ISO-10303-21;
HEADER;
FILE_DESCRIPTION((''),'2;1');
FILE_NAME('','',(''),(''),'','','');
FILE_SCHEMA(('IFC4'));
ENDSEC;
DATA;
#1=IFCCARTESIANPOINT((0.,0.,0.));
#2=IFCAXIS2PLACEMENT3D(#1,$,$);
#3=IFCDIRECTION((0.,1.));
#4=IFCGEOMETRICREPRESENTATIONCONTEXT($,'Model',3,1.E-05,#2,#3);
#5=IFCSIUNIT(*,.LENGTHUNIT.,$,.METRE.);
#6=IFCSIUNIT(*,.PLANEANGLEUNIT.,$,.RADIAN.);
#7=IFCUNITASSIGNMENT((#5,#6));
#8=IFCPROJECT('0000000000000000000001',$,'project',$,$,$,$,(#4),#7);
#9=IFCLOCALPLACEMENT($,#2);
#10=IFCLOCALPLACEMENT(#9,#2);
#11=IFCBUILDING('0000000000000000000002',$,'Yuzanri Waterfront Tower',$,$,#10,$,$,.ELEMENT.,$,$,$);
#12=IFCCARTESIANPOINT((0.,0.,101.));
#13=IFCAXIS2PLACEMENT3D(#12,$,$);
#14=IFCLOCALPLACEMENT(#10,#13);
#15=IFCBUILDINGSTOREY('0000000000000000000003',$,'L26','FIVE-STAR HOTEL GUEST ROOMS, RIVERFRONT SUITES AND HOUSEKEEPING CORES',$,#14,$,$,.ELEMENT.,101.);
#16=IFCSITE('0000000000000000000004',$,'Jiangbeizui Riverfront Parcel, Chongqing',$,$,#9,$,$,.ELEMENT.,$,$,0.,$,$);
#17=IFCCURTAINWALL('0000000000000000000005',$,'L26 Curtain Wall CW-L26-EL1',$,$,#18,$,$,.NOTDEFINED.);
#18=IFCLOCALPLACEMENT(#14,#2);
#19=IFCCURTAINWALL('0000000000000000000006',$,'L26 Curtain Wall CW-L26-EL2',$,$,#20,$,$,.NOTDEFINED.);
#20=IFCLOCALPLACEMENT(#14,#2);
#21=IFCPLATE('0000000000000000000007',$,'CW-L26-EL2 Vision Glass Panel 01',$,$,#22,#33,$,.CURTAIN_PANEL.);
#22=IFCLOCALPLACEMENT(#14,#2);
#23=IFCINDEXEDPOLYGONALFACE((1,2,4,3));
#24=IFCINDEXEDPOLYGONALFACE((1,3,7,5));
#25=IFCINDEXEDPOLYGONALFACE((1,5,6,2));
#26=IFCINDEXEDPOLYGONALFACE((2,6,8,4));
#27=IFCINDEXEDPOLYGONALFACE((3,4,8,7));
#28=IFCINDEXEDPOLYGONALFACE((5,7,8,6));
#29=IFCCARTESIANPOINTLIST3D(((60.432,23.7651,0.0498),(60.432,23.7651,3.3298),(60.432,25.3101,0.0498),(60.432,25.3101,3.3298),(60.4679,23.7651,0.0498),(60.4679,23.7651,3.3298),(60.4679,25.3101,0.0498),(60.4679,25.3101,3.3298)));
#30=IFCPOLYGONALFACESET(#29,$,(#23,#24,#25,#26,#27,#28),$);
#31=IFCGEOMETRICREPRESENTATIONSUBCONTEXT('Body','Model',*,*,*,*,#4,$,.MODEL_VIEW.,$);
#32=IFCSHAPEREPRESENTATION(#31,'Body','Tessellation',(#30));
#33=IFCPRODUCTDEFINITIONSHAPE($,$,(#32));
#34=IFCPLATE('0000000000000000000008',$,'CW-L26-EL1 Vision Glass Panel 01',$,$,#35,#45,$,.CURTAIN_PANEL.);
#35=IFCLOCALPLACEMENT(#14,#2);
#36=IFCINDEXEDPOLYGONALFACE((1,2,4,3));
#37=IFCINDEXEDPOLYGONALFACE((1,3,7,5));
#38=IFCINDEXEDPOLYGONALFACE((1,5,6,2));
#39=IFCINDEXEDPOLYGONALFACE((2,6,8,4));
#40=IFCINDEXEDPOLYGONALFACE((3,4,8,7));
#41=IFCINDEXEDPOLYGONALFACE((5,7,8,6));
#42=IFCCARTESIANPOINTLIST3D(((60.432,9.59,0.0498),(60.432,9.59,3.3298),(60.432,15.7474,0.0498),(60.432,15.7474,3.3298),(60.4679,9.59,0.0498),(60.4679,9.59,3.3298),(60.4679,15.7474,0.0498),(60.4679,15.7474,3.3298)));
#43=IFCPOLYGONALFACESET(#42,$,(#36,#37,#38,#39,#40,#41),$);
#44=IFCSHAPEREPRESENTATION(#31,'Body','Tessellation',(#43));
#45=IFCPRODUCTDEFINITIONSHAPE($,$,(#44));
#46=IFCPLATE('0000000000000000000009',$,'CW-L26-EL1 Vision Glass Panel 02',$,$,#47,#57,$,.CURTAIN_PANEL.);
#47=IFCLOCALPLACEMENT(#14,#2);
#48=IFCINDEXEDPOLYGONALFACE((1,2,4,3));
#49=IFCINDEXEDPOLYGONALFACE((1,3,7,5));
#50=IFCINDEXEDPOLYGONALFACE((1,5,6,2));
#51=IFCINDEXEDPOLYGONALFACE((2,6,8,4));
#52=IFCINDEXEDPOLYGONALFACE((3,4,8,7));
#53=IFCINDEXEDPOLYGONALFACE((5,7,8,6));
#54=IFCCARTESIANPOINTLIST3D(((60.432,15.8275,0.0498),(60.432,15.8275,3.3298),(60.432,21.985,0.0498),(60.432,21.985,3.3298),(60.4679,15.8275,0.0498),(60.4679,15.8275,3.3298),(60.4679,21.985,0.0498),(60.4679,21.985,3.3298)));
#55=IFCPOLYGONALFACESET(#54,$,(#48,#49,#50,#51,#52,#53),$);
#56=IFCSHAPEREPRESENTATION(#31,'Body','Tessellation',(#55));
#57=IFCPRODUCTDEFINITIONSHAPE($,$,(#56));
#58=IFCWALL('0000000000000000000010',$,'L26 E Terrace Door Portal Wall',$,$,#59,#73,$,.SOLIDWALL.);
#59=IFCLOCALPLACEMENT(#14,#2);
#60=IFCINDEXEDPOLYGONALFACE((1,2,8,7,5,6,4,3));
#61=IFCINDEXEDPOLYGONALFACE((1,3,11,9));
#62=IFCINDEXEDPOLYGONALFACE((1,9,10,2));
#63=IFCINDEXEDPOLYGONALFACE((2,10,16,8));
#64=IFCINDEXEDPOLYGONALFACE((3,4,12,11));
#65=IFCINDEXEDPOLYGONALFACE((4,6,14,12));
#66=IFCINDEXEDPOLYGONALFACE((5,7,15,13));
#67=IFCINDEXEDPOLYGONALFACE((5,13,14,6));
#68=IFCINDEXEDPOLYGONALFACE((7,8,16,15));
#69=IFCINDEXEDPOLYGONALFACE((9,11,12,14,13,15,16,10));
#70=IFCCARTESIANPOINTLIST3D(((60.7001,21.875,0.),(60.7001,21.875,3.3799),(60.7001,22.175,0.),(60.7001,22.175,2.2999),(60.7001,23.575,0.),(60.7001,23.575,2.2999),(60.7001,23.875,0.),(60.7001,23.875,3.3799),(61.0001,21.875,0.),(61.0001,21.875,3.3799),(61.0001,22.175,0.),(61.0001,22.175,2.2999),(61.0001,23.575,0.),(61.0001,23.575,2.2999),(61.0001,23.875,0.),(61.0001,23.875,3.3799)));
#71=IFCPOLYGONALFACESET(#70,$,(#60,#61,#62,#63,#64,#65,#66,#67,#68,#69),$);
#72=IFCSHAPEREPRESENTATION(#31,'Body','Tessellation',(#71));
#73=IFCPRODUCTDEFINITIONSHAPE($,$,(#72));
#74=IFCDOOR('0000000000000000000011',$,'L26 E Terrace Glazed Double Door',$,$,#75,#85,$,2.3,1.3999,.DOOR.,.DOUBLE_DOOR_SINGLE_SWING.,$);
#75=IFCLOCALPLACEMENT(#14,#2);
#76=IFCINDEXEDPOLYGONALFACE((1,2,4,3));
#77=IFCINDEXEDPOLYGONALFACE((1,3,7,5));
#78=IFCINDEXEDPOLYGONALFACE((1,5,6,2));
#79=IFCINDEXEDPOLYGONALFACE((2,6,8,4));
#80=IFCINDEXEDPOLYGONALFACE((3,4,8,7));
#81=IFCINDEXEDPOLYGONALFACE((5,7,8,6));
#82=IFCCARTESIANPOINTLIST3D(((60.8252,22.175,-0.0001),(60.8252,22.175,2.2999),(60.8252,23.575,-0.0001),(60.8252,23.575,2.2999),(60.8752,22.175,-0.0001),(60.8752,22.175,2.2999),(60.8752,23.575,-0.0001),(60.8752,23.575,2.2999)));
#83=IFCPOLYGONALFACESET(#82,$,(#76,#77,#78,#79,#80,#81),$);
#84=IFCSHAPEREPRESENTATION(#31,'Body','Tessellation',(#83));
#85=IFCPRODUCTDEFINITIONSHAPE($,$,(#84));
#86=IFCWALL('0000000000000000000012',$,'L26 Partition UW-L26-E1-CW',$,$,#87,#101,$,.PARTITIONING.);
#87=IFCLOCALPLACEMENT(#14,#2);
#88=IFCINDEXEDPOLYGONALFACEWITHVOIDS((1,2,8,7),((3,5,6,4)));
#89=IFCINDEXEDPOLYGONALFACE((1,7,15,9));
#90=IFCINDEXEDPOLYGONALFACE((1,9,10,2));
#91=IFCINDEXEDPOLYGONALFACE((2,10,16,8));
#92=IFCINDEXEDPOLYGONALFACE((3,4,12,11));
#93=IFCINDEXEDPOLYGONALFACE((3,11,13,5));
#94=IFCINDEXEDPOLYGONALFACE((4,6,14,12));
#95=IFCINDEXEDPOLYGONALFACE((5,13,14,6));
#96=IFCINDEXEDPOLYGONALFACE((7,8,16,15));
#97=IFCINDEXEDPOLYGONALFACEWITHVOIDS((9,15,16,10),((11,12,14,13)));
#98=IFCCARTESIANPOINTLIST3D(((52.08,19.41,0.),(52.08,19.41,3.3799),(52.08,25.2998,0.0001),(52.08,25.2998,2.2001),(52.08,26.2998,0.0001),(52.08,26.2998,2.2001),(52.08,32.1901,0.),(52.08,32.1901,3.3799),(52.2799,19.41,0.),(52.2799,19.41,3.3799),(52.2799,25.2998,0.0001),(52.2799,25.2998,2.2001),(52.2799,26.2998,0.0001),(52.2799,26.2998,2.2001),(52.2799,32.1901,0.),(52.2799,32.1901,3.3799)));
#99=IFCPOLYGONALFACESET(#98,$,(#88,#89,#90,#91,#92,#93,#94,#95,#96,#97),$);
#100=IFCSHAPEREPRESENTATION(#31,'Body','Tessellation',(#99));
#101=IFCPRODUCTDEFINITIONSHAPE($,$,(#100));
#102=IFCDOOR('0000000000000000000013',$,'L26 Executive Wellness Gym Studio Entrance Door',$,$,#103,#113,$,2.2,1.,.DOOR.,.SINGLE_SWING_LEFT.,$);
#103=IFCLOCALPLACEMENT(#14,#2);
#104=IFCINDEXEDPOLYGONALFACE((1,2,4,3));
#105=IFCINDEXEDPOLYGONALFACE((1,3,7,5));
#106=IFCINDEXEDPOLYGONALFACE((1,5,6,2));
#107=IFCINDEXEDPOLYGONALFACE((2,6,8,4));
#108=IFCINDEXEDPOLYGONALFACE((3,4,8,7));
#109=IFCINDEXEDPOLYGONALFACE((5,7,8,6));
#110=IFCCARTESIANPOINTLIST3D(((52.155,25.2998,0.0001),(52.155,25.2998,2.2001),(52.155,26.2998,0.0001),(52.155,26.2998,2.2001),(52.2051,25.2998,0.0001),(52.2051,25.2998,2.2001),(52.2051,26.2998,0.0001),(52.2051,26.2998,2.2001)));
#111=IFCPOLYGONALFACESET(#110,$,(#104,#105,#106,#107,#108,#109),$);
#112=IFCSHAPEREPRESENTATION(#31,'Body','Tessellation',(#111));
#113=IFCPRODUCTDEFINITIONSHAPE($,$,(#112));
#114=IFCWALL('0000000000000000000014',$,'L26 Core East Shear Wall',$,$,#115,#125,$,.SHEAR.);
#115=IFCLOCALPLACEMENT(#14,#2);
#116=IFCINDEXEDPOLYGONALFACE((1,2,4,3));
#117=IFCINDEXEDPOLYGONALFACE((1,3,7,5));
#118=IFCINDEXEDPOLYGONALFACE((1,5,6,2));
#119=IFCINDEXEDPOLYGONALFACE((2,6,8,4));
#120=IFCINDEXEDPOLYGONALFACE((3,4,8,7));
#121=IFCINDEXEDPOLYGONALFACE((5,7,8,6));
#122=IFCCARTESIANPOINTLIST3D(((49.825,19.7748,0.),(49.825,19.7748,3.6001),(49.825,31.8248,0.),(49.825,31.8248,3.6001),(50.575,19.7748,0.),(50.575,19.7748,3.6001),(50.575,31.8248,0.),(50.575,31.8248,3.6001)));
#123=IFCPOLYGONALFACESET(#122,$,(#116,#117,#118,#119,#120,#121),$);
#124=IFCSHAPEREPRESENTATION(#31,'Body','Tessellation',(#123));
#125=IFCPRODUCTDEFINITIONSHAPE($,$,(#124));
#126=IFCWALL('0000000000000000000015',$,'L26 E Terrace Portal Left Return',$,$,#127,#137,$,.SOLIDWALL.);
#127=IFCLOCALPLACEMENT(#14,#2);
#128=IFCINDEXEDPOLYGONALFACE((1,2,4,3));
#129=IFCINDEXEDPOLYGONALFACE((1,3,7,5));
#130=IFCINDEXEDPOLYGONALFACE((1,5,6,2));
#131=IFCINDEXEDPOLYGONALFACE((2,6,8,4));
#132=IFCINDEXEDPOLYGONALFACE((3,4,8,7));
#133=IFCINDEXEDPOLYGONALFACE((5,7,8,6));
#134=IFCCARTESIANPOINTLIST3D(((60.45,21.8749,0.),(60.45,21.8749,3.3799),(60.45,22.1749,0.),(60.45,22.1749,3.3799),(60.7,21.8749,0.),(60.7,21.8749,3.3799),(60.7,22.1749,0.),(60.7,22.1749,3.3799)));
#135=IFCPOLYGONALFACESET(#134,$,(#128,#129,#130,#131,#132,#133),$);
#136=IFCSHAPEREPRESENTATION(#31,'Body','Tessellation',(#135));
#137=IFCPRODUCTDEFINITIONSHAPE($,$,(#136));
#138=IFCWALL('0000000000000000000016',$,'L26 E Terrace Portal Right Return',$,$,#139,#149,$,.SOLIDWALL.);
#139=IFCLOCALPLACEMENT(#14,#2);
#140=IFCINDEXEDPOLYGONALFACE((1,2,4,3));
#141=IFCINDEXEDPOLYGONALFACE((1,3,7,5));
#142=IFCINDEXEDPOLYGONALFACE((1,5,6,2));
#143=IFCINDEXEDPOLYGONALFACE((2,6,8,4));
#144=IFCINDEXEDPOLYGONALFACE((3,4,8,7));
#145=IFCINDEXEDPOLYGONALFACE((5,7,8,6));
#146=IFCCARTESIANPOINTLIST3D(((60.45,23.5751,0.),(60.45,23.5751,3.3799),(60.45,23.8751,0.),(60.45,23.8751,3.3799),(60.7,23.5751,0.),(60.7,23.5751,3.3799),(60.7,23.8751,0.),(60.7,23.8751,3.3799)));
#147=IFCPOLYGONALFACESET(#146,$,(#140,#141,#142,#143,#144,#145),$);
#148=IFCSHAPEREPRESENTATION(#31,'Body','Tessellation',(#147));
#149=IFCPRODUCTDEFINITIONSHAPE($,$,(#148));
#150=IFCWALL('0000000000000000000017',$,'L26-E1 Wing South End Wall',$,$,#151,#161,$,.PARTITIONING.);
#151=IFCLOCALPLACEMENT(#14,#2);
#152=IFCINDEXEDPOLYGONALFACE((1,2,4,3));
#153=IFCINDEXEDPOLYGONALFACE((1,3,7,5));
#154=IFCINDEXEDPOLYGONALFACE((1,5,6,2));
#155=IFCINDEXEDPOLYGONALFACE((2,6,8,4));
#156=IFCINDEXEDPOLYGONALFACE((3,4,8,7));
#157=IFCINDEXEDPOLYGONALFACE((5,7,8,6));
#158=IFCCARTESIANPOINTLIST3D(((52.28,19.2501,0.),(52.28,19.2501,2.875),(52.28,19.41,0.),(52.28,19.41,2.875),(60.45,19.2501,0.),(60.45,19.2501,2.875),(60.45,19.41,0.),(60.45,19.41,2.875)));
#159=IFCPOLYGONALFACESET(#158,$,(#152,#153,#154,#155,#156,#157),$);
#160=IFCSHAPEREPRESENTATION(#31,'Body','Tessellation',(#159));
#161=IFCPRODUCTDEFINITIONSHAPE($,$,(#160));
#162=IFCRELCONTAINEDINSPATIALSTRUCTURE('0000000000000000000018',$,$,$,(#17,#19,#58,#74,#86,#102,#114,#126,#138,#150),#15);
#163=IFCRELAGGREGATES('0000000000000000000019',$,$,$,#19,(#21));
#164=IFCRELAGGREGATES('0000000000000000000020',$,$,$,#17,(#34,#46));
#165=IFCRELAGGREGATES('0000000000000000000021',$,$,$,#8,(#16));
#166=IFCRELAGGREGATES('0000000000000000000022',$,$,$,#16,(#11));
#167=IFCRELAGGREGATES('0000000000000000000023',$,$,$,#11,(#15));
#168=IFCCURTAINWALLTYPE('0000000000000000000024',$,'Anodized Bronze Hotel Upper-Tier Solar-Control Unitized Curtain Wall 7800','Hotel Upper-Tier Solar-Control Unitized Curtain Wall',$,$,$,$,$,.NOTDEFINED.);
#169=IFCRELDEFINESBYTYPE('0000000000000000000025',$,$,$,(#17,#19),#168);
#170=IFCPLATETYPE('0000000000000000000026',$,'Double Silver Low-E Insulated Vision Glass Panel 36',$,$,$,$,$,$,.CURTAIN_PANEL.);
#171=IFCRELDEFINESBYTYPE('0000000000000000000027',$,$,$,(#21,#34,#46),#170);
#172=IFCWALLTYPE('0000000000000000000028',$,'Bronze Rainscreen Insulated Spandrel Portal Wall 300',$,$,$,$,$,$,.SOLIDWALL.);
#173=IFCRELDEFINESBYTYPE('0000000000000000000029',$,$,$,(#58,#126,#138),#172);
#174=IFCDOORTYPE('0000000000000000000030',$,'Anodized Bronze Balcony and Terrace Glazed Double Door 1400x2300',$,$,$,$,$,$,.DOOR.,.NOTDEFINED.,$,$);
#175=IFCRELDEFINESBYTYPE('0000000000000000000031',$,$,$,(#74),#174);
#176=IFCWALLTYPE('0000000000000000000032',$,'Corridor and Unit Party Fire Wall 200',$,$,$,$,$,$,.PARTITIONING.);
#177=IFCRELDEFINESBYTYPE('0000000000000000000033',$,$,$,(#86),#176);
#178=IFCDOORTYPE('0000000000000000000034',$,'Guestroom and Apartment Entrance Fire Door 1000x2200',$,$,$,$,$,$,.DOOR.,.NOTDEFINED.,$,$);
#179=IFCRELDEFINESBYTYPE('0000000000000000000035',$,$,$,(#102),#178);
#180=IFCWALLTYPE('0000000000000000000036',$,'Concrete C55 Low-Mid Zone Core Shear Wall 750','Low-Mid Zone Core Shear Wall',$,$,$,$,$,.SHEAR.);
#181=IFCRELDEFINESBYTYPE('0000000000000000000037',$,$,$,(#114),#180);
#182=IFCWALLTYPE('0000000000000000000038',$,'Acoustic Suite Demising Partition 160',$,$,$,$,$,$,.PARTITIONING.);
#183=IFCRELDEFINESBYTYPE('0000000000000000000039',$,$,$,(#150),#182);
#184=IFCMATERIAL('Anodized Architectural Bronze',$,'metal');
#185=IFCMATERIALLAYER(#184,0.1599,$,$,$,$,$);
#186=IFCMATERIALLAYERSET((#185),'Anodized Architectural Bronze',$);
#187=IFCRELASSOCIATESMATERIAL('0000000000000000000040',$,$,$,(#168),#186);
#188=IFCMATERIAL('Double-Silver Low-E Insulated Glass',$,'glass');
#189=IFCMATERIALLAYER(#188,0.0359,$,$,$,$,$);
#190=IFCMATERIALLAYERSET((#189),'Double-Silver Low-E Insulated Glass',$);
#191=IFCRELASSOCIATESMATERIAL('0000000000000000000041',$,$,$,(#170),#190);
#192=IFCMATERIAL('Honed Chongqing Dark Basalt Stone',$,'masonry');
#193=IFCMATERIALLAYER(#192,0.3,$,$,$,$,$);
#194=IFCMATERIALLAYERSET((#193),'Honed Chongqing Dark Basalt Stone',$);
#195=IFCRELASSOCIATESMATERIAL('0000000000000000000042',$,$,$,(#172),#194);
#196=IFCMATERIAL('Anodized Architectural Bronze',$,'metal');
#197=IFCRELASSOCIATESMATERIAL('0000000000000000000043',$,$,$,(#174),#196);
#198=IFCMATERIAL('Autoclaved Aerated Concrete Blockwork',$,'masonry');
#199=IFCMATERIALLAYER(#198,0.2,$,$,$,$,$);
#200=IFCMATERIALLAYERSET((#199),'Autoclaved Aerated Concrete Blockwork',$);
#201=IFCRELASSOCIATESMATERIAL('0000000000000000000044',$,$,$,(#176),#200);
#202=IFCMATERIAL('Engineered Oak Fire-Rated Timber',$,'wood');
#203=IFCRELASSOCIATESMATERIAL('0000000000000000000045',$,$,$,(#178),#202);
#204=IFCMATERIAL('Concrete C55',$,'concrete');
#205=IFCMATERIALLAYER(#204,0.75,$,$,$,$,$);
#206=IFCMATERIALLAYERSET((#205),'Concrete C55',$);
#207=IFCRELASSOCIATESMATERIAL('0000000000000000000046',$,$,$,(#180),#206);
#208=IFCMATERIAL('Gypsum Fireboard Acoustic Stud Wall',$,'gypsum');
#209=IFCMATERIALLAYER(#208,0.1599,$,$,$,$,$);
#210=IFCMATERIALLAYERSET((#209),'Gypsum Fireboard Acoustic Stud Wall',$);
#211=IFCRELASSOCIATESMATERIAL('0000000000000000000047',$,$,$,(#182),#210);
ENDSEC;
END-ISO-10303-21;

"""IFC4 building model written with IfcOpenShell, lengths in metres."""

from ifc_helpers import new_model, si_unit, direction, frame, frame_2d, origin, origin_2d, place, context, subcontext, project, spatial, rectangle, extrude, source, transform, mapped, material, layer, layer_set, type_object, element, fill, aggregate, save


model = new_model("IFC4")

# Units and contexts
model_context = context("Model", 3, precision=1e-05, world=origin(), true_north=direction((0.0, 1.0)))
body_context = subcontext(model_context, "Body", "Model", "MODEL_VIEW")
ifc_project = project(units=[si_unit("LENGTHUNIT", "METRE"), si_unit("PLANEANGLEUNIT", "RADIAN")], contexts=[model_context])

# Site, building, storey
site_placement = place(None, origin())
site = spatial("IfcSite", under=ifc_project, at=site_placement, Name="Jiangbeizui Riverfront Parcel, Chongqing", CompositionType="ELEMENT", RefElevation=0.0)
building_placement = place(site_placement, origin())
building = spatial("IfcBuilding", under=site, at=building_placement, Name="Yuzanri Waterfront Tower", CompositionType="ELEMENT")
storey_placement = place(building_placement, frame((0.0, 0.0, 101.0)))
storey = spatial("IfcBuildingStorey", under=building, at=storey_placement, Name="L26", Description="FIVE-STAR HOTEL GUEST ROOMS, RIVERFRONT SUITES AND HOUSEKEEPING CORES", CompositionType="ELEMENT", Elevation=101.0)

# Curtain wall
ifc_material_1 = material(Name="Anodized Architectural Bronze", Category="metal")
ifc_layer_1 = layer(ifc_material_1, 0.1599)
ifc_layer_set_1 = layer_set([ifc_layer_1], Name="Anodized Architectural Bronze")
curtain_wall_type = type_object("IfcCurtainWallType", Name="Anodized Bronze Hotel Upper-Tier Solar-Control Unitized Curtain Wall 7800", Description="Hotel Upper-Tier Solar-Control Unitized Curtain Wall", PredefinedType="NOTDEFINED", material=ifc_layer_set_1)
curtain_wall_1_placement = place(storey_placement, origin())
curtain_wall_1 = element("IfcCurtainWall", 1, at=curtain_wall_1_placement, inside=storey, type_object=curtain_wall_type, Name="L26 Curtain Wall CW-L26-EL1", PredefinedType="NOTDEFINED")

# Curtain wall, plate
curtain_wall_2_placement = place(storey_placement, origin())
curtain_wall_2 = element("IfcCurtainWall", 2, at=curtain_wall_2_placement, inside=storey, type_object=curtain_wall_type, Name="L26 Curtain Wall CW-L26-EL2", PredefinedType="NOTDEFINED")
ifc_material_2 = material(Name="Double-Silver Low-E Insulated Glass", Category="glass")
ifc_layer_2 = layer(ifc_material_2, 0.0359)
ifc_layer_set_2 = layer_set([ifc_layer_2], Name="Double-Silver Low-E Insulated Glass")
plate_type = type_object("IfcPlateType", Name="Double Silver Low-E Insulated Vision Glass Panel 36", PredefinedType="CURTAIN_PANEL", material=ifc_layer_set_2)
shared_shape_1 = source(origin(), body_context, "Body", "SweptSolid", [
    extrude(rectangle(XDim=1.5449, YDim=0.0359, at=origin_2d()), origin(), (0.0, 0.0, 1.0), 3.28),
])
plate_1_placement = place(storey_placement, frame((60.45, 24.5376, 0.0498), z_axis=(0.0, 0.0, 1.0), x_axis=(0.0, 1.0, 0.0)))
plate_1 = element("IfcPlate", 3, at=plate_1_placement, type_object=plate_type, Name="CW-L26-EL2 Vision Glass Panel 01", PredefinedType="CURTAIN_PANEL", context=body_context, shape_type="MappedRepresentation", body=[
    mapped(shared_shape_1, transform((0.0, 0.0, 0.0), scale=1.0)),
])
aggregate(curtain_wall_2, [plate_1])

# Plates
shared_shape_2 = source(origin(), body_context, "Body", "SweptSolid", [
    extrude(rectangle(XDim=6.1575, YDim=0.0359, at=origin_2d()), origin(), (0.0, 0.0, 1.0), 3.28),
])
plate_2_placement = place(storey_placement, frame((60.45, 12.6687, 0.0498), z_axis=(0.0, 0.0, 1.0), x_axis=(0.0, 1.0, 0.0)))
plate_2 = element("IfcPlate", 4, at=plate_2_placement, type_object=plate_type, Name="CW-L26-EL1 Vision Glass Panel 01", PredefinedType="CURTAIN_PANEL", context=body_context, shape_type="MappedRepresentation", body=[
    mapped(shared_shape_2, transform((0.0, 0.0, 0.0), scale=1.0)),
])
plate_3_placement = place(storey_placement, frame((60.45, 18.9062, 0.0498), z_axis=(0.0, 0.0, 1.0), x_axis=(0.0, 1.0, 0.0)))
plate_3 = element("IfcPlate", 5, at=plate_3_placement, type_object=plate_type, Name="CW-L26-EL1 Vision Glass Panel 02", PredefinedType="CURTAIN_PANEL", context=body_context, shape_type="MappedRepresentation", body=[
    mapped(shared_shape_2, transform((0.0, 0.0, 0.0), scale=1.0)),
])
aggregate(curtain_wall_1, [plate_2, plate_3])

# Walls, openings, doors
ifc_material_3 = material(Name="Honed Chongqing Dark Basalt Stone", Category="masonry")
ifc_layer_3 = layer(ifc_material_3, 0.3)
ifc_layer_set_3 = layer_set([ifc_layer_3], Name="Honed Chongqing Dark Basalt Stone")
wall_type_1 = type_object("IfcWallType", Name="Bronze Rainscreen Insulated Spandrel Portal Wall 300", PredefinedType="SOLIDWALL", material=ifc_layer_set_3)
wall_1_placement = place(storey_placement, frame((60.8501, 21.875, 0.0), z_axis=(0.0, 0.0, 1.0), x_axis=(0.0, 1.0, 0.0)))
wall_1 = element("IfcWall", 6, at=wall_1_placement, inside=storey, type_object=wall_type_1, Name="L26 E Terrace Door Portal Wall", PredefinedType="SOLIDWALL", context=body_context, shape_type="SweptSolid", body=[
    extrude(rectangle(XDim=2.0, YDim=0.3, at=frame_2d((1.0, 0.0))), origin(), (0.0, 0.0, 1.0), 3.3799),
])
opening_1_placement = place(wall_1_placement, frame((0.3, 0.0, 0.0)))
opening_1 = element("IfcOpeningElement", 7, at=opening_1_placement, cuts=wall_1, PredefinedType="OPENING", context=body_context, shape_type="SweptSolid", body=[
    extrude(rectangle(XDim=1.3999, YDim=2.3, at=frame_2d((0.7, 1.1499))), frame((0.0, 0.165, 0.0), z_axis=(0.0, -1.0, 0.0), x_axis=(1.0, 0.0, 0.0)), (0.0, 0.0, 1.0), 0.3298),
])
ifc_material_4 = material(Name="Anodized Architectural Bronze", Category="metal")
door_type_1 = type_object("IfcDoorType", Name="Anodized Bronze Balcony and Terrace Glazed Double Door 1400x2300", OperationType="NOTDEFINED", PredefinedType="DOOR", material=ifc_material_4)
shared_shape_3 = source(origin(), body_context, "Body", "SweptSolid", [
    extrude(rectangle(XDim=1.3999, YDim=2.3, at=frame_2d((0.7, 1.1499))), frame((0.0, 0.0249, 0.0), z_axis=(0.0, -1.0, 0.0), x_axis=(1.0, 0.0, 0.0)), (0.0, 0.0, 1.0), 0.05),
])
door_1_placement = place(opening_1_placement, origin())
door_1 = element("IfcDoor", 8, at=door_1_placement, inside=storey, type_object=door_type_1, Name="L26 E Terrace Glazed Double Door", OperationType="DOUBLE_DOOR_SINGLE_SWING", OverallHeight=2.3, OverallWidth=1.3999, PredefinedType="DOOR", context=body_context, shape_type="MappedRepresentation", body=[
    mapped(shared_shape_3, transform((0.0, 0.0, 0.0), scale=1.0)),
])
fill(opening_1, door_1)
ifc_material_5 = material(Name="Autoclaved Aerated Concrete Blockwork", Category="masonry")
ifc_layer_4 = layer(ifc_material_5, 0.2)
ifc_layer_set_4 = layer_set([ifc_layer_4], Name="Autoclaved Aerated Concrete Blockwork")
wall_type_2 = type_object("IfcWallType", Name="Corridor and Unit Party Fire Wall 200", PredefinedType="PARTITIONING", material=ifc_layer_set_4)
wall_2_placement = place(storey_placement, frame((52.1799, 19.4099, 0.0), z_axis=(0.0, 0.0, 1.0), x_axis=(0.0, 1.0, 0.0)))
wall_2 = element("IfcWall", 9, at=wall_2_placement, inside=storey, type_object=wall_type_2, Name="L26 Partition UW-L26-E1-CW", PredefinedType="PARTITIONING", context=body_context, shape_type="SweptSolid", body=[
    extrude(rectangle(XDim=12.78, YDim=0.2, at=frame_2d((6.3901, 0.0))), origin(), (0.0, 0.0, 1.0), 3.3799),
])
opening_2_placement = place(wall_2_placement, frame((5.8899, 0.0, 0.0)))
opening_2 = element("IfcOpeningElement", 10, at=opening_2_placement, cuts=wall_2, PredefinedType="OPENING", context=body_context, shape_type="SweptSolid", body=[
    extrude(rectangle(XDim=1.0, YDim=2.2, at=frame_2d((0.5, 1.1001))), frame((0.0, 0.1147, 0.0), z_axis=(0.0, -1.0, 0.0), x_axis=(1.0, 0.0, 0.0)), (0.0, 0.0, 1.0), 0.2297),
])
ifc_material_6 = material(Name="Engineered Oak Fire-Rated Timber", Category="wood")
door_type_2 = type_object("IfcDoorType", Name="Guestroom and Apartment Entrance Fire Door 1000x2200", OperationType="NOTDEFINED", PredefinedType="DOOR", material=ifc_material_6)
shared_shape_4 = source(origin(), body_context, "Body", "SweptSolid", [
    extrude(rectangle(XDim=1.0, YDim=2.2, at=frame_2d((0.5, 1.1001))), frame((0.0, 0.0249, 0.0), z_axis=(0.0, -1.0, 0.0), x_axis=(1.0, 0.0, 0.0)), (0.0, 0.0, 1.0), 0.05),
])
door_2_placement = place(opening_2_placement, origin())
door_2 = element("IfcDoor", 11, at=door_2_placement, inside=storey, type_object=door_type_2, Name="L26 Executive Wellness Gym Studio Entrance Door", OperationType="SINGLE_SWING_LEFT", OverallHeight=2.2, OverallWidth=1.0, PredefinedType="DOOR", context=body_context, shape_type="MappedRepresentation", body=[
    mapped(shared_shape_4, transform((0.0, 0.0, 0.0), scale=1.0)),
])
fill(opening_2, door_2)

# Walls
ifc_material_7 = material(Name="Concrete C55", Category="concrete")
ifc_layer_5 = layer(ifc_material_7, 0.75)
ifc_layer_set_5 = layer_set([ifc_layer_5], Name="Concrete C55")
wall_type_3 = type_object("IfcWallType", Name="Concrete C55 Low-Mid Zone Core Shear Wall 750", Description="Low-Mid Zone Core Shear Wall", PredefinedType="SHEAR", material=ifc_layer_set_5)
shared_shape_5 = source(origin(), body_context, "Body", "SweptSolid", [
    extrude(rectangle(XDim=12.05, YDim=0.75, at=frame_2d((6.0249, 0.0))), origin(), (0.0, 0.0, 1.0), 3.6001),
])
wall_3_placement = place(storey_placement, frame((50.2, 19.7749, 0.0), z_axis=(0.0, 0.0, 1.0), x_axis=(0.0, 1.0, 0.0)))
element("IfcWall", 12, at=wall_3_placement, inside=storey, type_object=wall_type_3, Name="L26 Core East Shear Wall", PredefinedType="SHEAR", context=body_context, shape_type="MappedRepresentation", body=[
    mapped(shared_shape_5, transform((0.0, 0.0, 0.0), scale=1.0)),
])
shared_shape_6 = source(origin(), body_context, "Body", "SweptSolid", [
    extrude(rectangle(XDim=0.25, YDim=0.3, at=frame_2d((0.125, 0.0))), origin(), (0.0, 0.0, 1.0), 3.3799),
])
for number, where, z_axis, x_axis, name in (
    (13, (60.45, 22.0249, 0.0), (0.0, 0.0, 1.0), (1.0, 0.0, 0.0), "L26 E Terrace Portal Left Return"),
    (14, (60.7, 23.7251, 0.0), (0.0, 0.0, 1.0), (-1.0, 0.0, 0.0), "L26 E Terrace Portal Right Return"),
):
    element("IfcWall", number, at=place(storey_placement, frame(where, z_axis=z_axis, x_axis=x_axis)), inside=storey, type_object=wall_type_1, Name=name, PredefinedType="SOLIDWALL", context=body_context, shape_type="MappedRepresentation", body=[
        mapped(shared_shape_6, transform((0.0, 0.0, 0.0), scale=1.0)),
    ])
ifc_material_8 = material(Name="Gypsum Fireboard Acoustic Stud Wall", Category="gypsum")
ifc_layer_6 = layer(ifc_material_8, 0.1599)
ifc_layer_set_6 = layer_set([ifc_layer_6], Name="Gypsum Fireboard Acoustic Stud Wall")
wall_type_4 = type_object("IfcWallType", Name="Acoustic Suite Demising Partition 160", PredefinedType="PARTITIONING", material=ifc_layer_set_6)
shared_shape_7 = source(origin(), body_context, "Body", "SweptSolid", [
    extrude(rectangle(XDim=8.1699, YDim=0.1599, at=frame_2d((4.085, 0.0))), origin(), (0.0, 0.0, 1.0), 2.875),
])
wall_4_placement = place(storey_placement, frame((52.28, 19.3301, 0.0), z_axis=(0.0, 0.0, 1.0), x_axis=(1.0, 0.0, 0.0)))
element("IfcWall", 15, at=wall_4_placement, inside=storey, type_object=wall_type_4, Name="L26-E1 Wing South End Wall", PredefinedType="PARTITIONING", context=body_context, shape_type="MappedRepresentation", body=[
    mapped(shared_shape_7, transform((0.0, 0.0, 0.0), scale=1.0)),
])

save(model, "model.ifc")
